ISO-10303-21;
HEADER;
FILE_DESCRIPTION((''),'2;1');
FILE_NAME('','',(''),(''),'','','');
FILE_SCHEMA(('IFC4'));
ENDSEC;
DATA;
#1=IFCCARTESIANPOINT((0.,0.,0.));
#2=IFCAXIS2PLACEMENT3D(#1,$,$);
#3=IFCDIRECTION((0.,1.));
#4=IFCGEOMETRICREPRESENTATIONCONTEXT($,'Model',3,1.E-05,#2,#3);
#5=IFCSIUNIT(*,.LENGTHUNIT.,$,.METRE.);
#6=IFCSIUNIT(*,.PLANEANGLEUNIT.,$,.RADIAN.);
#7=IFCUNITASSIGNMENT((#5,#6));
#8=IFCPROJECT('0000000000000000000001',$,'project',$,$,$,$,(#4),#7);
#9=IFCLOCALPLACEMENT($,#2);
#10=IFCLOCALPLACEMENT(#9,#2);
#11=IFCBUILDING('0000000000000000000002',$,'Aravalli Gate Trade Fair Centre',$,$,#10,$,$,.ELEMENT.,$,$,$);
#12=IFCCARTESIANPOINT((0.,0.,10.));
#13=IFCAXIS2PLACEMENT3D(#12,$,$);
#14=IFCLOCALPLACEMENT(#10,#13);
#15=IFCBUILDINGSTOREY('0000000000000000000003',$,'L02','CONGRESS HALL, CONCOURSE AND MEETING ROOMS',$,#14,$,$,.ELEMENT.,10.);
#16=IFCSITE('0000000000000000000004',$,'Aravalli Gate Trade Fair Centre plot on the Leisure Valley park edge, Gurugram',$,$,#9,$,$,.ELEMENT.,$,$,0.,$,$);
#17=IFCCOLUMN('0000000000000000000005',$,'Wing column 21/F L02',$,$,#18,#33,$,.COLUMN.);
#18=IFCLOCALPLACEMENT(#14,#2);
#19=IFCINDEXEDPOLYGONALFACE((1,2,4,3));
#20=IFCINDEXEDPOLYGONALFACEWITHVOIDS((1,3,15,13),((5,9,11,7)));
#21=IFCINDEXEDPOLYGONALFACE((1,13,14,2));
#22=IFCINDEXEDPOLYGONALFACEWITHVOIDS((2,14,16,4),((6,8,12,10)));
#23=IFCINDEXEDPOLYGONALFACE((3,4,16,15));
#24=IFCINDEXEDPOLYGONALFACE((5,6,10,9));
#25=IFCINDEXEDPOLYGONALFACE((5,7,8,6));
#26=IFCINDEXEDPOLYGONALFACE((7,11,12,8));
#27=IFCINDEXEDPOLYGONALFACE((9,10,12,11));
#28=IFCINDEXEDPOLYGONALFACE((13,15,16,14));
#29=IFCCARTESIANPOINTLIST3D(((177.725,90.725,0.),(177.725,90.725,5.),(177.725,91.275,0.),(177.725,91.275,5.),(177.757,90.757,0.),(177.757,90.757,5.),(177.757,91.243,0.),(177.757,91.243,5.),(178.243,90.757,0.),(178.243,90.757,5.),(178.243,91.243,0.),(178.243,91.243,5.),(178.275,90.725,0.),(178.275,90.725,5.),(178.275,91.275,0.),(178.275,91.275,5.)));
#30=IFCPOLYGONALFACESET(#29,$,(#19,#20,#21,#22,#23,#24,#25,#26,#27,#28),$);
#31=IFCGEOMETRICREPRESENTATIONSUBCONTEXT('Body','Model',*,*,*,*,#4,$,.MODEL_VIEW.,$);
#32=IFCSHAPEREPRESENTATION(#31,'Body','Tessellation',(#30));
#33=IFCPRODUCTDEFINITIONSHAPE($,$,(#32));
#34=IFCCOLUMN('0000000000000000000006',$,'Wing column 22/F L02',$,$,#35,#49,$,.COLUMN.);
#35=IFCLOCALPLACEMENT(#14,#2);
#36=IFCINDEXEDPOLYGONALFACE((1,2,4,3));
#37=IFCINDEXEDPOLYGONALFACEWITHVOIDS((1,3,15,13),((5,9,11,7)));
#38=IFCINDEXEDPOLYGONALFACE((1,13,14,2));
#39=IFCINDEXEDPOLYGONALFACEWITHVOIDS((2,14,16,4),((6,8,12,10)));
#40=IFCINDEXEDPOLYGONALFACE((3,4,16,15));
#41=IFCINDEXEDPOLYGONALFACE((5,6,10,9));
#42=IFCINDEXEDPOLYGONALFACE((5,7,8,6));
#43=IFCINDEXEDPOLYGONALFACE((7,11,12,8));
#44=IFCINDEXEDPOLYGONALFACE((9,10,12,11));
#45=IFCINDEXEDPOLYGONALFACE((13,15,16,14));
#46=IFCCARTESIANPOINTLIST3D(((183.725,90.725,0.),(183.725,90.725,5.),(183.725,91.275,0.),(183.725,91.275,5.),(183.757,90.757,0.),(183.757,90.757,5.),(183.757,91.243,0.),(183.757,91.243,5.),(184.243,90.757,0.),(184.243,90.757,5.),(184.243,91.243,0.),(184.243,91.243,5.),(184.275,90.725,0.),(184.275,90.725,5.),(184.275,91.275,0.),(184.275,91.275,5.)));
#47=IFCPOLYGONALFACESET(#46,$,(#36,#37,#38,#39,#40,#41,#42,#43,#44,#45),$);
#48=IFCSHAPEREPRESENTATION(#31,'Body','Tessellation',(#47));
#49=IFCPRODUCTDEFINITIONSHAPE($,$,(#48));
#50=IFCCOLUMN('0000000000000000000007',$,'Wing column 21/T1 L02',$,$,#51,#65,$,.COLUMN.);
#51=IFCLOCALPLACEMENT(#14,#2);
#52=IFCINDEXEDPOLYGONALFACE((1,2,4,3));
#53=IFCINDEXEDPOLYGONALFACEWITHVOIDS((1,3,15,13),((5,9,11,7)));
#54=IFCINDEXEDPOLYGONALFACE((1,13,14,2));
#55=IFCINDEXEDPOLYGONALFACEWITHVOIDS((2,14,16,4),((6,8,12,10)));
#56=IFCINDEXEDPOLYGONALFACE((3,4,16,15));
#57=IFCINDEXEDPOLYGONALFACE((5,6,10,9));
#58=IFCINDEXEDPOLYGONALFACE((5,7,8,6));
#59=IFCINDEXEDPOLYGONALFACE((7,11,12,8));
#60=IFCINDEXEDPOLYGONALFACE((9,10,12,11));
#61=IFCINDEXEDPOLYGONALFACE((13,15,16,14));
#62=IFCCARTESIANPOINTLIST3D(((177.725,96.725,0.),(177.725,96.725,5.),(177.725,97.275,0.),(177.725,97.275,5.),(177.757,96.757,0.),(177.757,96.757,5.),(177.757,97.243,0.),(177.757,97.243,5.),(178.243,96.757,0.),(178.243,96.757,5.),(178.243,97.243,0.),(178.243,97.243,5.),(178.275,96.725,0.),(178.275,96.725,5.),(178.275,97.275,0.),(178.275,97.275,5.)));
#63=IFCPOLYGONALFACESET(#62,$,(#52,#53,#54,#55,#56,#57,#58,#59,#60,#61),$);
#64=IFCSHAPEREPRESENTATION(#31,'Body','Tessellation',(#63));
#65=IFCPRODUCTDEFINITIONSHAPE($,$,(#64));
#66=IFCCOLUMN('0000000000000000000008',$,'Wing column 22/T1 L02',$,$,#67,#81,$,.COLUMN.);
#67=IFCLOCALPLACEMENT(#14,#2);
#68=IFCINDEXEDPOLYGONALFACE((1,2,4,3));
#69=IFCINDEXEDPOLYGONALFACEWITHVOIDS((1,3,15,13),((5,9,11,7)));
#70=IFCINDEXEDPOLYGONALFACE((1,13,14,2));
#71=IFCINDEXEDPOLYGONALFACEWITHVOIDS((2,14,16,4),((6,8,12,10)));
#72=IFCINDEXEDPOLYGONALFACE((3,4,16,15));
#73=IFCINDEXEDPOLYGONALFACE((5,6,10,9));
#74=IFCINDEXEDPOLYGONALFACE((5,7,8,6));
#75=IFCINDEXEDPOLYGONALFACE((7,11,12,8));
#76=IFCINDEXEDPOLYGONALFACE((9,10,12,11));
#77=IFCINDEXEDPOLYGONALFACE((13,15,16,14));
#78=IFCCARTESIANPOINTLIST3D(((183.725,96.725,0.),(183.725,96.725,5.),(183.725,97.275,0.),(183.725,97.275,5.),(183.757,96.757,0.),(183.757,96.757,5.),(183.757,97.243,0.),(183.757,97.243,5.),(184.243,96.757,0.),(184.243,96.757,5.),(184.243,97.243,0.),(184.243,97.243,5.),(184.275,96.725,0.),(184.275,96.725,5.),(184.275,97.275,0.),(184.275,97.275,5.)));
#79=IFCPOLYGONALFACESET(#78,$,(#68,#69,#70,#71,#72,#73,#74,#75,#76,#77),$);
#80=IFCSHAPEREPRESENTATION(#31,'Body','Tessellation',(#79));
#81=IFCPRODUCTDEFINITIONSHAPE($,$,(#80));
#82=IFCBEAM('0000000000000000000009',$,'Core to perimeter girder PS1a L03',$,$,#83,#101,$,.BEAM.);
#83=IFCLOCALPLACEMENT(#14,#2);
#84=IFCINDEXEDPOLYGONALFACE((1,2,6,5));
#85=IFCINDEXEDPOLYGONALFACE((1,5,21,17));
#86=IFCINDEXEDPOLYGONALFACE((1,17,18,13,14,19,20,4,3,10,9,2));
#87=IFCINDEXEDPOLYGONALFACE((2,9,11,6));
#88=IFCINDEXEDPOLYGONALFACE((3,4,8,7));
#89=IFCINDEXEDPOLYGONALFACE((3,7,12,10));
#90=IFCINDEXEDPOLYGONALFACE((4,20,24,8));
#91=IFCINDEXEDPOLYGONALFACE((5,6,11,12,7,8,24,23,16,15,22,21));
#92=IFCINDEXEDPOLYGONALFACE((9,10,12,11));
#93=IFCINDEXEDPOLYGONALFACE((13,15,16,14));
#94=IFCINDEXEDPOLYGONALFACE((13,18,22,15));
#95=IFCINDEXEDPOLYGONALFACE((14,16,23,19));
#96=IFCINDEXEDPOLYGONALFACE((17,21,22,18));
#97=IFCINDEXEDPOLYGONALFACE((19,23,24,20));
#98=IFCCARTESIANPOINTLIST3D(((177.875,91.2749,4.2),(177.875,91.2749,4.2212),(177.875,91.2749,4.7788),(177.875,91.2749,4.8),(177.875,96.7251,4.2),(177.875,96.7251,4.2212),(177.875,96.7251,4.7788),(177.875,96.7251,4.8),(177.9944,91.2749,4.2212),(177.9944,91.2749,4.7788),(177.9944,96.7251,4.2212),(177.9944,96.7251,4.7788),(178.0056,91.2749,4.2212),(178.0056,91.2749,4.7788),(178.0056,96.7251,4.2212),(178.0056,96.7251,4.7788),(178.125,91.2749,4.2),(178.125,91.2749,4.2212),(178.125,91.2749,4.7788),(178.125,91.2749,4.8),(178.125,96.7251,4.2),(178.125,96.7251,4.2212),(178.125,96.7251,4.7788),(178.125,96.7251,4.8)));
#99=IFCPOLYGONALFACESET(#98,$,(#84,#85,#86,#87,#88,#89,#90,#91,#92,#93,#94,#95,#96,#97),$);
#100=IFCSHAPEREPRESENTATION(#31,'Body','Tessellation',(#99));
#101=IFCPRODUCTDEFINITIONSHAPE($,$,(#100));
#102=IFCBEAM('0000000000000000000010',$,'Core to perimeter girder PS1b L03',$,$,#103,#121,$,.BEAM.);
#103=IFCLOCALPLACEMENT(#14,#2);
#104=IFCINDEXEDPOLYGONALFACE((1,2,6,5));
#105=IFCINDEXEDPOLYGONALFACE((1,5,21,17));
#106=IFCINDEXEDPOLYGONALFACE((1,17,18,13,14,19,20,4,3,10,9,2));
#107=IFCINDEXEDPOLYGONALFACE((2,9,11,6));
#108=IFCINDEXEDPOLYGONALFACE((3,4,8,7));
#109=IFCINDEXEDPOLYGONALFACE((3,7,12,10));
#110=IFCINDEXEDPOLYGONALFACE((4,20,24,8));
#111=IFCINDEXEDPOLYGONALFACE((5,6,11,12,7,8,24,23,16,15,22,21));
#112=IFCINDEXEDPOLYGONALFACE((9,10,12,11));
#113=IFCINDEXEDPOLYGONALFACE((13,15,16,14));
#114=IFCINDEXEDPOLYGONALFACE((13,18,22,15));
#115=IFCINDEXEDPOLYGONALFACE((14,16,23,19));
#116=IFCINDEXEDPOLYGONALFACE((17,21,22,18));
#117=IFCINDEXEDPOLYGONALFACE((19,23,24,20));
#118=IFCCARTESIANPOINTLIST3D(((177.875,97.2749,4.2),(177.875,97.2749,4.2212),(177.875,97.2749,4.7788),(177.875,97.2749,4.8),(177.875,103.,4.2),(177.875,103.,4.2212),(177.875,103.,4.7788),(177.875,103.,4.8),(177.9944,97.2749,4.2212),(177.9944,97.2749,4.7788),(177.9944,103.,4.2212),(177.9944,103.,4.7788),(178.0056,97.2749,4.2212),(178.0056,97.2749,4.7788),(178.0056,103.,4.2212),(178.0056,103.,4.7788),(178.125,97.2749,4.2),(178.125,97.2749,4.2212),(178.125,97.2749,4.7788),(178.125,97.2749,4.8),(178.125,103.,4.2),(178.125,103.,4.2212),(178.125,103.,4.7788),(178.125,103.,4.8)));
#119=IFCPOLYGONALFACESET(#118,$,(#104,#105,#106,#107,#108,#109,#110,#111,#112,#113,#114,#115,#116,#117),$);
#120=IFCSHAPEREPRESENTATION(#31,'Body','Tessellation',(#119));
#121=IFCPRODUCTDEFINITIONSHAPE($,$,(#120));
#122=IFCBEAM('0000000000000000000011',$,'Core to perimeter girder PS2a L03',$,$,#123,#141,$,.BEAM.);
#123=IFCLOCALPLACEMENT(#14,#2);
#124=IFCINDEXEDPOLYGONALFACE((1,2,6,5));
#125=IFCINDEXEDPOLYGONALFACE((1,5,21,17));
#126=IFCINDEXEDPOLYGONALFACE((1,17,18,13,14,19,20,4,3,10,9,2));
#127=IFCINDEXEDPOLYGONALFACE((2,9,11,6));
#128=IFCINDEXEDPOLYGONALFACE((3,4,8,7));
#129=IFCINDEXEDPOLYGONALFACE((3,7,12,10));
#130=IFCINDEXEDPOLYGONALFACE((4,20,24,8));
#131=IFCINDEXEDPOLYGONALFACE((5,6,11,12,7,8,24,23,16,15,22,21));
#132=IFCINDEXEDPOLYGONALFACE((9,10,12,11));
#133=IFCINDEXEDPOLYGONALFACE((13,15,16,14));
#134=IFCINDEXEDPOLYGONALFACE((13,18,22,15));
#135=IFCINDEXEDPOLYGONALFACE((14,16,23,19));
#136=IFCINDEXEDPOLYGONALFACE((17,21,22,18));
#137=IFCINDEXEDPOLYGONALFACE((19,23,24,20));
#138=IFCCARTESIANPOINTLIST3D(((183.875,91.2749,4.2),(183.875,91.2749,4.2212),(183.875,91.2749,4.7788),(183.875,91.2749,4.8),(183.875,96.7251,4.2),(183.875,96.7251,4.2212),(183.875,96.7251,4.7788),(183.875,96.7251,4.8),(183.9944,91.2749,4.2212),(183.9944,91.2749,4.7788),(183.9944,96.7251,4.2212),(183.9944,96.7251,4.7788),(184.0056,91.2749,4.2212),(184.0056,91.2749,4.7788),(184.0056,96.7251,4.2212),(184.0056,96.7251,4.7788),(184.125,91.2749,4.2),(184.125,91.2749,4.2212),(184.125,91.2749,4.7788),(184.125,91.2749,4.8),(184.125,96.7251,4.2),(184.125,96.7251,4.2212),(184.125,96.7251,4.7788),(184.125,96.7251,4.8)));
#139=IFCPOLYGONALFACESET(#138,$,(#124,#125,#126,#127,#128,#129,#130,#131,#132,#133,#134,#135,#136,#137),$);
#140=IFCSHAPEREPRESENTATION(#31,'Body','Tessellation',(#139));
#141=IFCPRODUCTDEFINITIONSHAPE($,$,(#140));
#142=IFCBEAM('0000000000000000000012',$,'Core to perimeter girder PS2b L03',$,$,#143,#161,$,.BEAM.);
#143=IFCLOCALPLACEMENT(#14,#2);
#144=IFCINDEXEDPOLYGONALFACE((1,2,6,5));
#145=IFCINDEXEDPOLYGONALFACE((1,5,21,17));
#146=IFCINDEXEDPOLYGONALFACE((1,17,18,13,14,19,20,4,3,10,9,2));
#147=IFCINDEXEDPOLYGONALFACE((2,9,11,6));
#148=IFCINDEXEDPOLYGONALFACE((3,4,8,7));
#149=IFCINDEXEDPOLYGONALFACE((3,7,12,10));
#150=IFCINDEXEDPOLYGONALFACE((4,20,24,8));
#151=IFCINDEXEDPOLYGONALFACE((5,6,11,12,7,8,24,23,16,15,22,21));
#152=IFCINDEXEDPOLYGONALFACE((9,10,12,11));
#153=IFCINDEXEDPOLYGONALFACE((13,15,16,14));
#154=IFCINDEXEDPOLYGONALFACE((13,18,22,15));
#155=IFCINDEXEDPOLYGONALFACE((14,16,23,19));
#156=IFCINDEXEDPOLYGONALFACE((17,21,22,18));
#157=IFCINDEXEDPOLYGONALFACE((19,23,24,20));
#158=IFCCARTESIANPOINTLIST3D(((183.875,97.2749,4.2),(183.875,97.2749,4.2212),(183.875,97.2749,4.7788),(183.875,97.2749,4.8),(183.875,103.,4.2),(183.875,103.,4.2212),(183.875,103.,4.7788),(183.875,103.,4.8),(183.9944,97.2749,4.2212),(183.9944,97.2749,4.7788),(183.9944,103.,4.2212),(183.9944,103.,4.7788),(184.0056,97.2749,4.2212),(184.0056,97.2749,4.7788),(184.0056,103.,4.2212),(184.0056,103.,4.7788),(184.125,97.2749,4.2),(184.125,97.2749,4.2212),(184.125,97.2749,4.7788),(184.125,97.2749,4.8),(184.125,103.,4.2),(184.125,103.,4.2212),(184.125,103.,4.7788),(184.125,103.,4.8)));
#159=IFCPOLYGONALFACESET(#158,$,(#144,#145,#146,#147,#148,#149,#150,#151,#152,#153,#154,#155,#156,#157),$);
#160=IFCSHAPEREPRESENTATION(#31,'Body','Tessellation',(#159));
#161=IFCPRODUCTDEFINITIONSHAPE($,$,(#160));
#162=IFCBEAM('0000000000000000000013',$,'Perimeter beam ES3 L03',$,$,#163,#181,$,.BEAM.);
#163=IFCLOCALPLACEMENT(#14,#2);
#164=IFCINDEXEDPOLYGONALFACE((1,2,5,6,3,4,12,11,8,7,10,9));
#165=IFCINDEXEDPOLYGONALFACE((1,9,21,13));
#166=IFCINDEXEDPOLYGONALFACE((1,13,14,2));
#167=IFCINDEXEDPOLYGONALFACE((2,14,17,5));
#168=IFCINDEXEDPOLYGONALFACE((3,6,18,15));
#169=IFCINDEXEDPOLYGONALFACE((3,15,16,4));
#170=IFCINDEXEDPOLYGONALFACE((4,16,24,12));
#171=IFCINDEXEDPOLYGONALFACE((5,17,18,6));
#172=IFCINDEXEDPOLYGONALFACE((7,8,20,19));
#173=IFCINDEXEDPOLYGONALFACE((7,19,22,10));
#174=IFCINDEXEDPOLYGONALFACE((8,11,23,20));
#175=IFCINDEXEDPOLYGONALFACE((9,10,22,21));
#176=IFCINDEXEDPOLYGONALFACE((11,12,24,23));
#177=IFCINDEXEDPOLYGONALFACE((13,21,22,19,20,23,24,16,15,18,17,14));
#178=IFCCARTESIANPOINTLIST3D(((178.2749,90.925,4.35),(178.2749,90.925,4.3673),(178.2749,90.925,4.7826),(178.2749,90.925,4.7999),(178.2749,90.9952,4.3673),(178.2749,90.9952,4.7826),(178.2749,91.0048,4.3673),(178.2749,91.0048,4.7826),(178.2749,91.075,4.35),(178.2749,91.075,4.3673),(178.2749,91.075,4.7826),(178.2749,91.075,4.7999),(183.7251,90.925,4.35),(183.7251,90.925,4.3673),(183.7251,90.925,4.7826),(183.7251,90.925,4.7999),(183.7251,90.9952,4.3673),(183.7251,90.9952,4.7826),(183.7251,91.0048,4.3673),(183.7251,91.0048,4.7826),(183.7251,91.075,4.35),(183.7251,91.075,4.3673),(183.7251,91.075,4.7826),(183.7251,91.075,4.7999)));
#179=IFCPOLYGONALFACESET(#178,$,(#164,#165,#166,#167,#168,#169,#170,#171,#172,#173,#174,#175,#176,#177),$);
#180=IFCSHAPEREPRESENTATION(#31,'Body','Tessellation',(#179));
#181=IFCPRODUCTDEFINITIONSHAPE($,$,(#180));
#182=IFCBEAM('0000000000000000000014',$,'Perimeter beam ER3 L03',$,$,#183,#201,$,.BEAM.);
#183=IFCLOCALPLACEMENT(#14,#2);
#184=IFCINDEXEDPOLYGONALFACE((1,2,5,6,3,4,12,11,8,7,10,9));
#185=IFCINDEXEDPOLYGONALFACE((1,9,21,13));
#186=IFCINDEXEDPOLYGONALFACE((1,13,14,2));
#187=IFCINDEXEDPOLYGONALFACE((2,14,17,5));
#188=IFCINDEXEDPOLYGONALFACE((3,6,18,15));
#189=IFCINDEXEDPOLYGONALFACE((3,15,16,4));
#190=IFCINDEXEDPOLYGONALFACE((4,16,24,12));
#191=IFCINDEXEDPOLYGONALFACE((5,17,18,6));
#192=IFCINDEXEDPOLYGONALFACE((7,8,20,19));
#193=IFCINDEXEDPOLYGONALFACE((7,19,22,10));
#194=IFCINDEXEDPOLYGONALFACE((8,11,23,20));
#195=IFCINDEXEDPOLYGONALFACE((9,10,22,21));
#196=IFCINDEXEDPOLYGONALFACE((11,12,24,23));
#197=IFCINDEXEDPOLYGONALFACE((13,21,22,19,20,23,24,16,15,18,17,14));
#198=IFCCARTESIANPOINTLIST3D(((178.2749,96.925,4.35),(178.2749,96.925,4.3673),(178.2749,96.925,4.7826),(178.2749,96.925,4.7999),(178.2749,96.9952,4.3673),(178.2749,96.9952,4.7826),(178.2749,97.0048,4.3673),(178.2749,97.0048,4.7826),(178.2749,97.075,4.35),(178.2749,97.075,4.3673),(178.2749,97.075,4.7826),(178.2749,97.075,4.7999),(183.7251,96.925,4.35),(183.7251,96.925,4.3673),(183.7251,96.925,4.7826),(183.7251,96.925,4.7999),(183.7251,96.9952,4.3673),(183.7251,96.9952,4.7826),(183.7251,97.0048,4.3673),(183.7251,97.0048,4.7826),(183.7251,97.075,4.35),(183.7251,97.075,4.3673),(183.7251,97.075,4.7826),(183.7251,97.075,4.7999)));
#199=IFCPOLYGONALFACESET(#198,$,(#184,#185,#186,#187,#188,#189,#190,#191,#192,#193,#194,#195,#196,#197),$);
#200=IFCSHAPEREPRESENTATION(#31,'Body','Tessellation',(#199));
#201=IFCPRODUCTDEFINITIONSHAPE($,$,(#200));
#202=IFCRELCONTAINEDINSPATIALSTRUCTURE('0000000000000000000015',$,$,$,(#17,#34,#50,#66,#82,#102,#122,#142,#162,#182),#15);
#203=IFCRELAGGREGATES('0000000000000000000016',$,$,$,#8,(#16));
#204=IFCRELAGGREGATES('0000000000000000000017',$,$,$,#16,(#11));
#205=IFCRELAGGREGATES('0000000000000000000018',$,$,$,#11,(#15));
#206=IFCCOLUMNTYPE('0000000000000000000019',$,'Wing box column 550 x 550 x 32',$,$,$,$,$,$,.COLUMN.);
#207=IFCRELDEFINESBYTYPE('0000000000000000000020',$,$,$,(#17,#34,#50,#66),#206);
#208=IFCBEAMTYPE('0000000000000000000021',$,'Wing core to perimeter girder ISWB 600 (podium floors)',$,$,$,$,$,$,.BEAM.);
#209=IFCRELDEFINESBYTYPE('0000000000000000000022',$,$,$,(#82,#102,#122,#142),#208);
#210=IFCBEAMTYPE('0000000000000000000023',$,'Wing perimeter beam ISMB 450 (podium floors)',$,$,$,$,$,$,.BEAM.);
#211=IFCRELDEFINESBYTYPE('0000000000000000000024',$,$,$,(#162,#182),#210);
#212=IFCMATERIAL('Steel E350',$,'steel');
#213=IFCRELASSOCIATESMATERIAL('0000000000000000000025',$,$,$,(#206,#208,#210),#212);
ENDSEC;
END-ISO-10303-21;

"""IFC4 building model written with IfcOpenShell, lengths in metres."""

from ifc_helpers import new_model, si_unit, direction, frame, origin, origin_2d, place, context, subcontext, project, spatial, hollow_rectangle, i_section, extrude, material, material_profile, profile_set, type_object, element, save


model = new_model("IFC4")

# Units and contexts
model_context = context("Model", 3, precision=1e-05, world=origin(), true_north=direction((0.0, 1.0)))
body_context = subcontext(model_context, "Body", "Model", "MODEL_VIEW")
ifc_project = project(units=[si_unit("LENGTHUNIT", "METRE"), si_unit("PLANEANGLEUNIT", "RADIAN")], contexts=[model_context])

# Site, building, storey
site_placement = place(None, origin())
site = spatial("IfcSite", under=ifc_project, at=site_placement, Name="Aravalli Gate Trade Fair Centre plot on the Leisure Valley park edge, Gurugram", CompositionType="ELEMENT", RefElevation=0.0)
building_placement = place(site_placement, origin())
building = spatial("IfcBuilding", under=site, at=building_placement, Name="Aravalli Gate Trade Fair Centre", CompositionType="ELEMENT")
storey_placement = place(building_placement, frame((0.0, 0.0, 10.0)))
storey = spatial("IfcBuildingStorey", under=building, at=storey_placement, Name="L02", Description="CONGRESS HALL, CONCOURSE AND MEETING ROOMS", CompositionType="ELEMENT", Elevation=10.0)

# Columns
ifc_material_1 = material(Name="Steel E350", Category="steel")
ifc_material_profile_1 = material_profile(ifc_material_1, hollow_rectangle(XDim=0.55, YDim=0.55, WallThickness=0.032, at=origin_2d()), Name="BOX 550x550x32")
ifc_profile_set_1 = profile_set([ifc_material_profile_1], Name="Steel E350")
column_type = type_object("IfcColumnType", Name="Wing box column 550 x 550 x 32", PredefinedType="COLUMN", material=ifc_profile_set_1)
for number, where, z_axis, x_axis, name in (
    (1, (178.0, 91.0, 0.0), (0.0, 0.0, 1.0), (1.0, 0.0, 0.0), "Wing column 21/F L02"),
    (2, (184.0, 91.0, 0.0), (0.0, 0.0, 1.0), (1.0, 0.0, 0.0), "Wing column 22/F L02"),
    (3, (178.0, 97.0, 0.0), (0.0, 0.0, 1.0), (1.0, 0.0, 0.0), "Wing column 21/T1 L02"),
    (4, (184.0, 97.0, 0.0), (0.0, 0.0, 1.0), (1.0, 0.0, 0.0), "Wing column 22/T1 L02"),
):
    element("IfcColumn", number, at=place(storey_placement, frame(where, z_axis=z_axis, x_axis=x_axis)), inside=storey, type_object=column_type, Name=name, PredefinedType="COLUMN", context=body_context, shape_type="SweptSolid", body=[
        extrude(hollow_rectangle(XDim=0.55, YDim=0.55, WallThickness=0.032, at=origin_2d()), origin(), (0.0, 0.0, 1.0), 5.0),
    ])

# Beams
ifc_material_profile_2 = material_profile(ifc_material_1, i_section(OverallWidth=0.25, OverallDepth=0.6001, WebThickness=0.0112, FlangeThickness=0.0212, at=origin_2d()), Name="ISWB 600")
ifc_profile_set_2 = profile_set([ifc_material_profile_2], Name="Steel E350")
beam_type_1 = type_object("IfcBeamType", Name="Wing core to perimeter girder ISWB 600 (podium floors)", PredefinedType="BEAM", material=ifc_profile_set_2)
beam_1_placement = place(storey_placement, frame((178.0, 91.2749, 4.5), z_axis=(0.0, 1.0, 0.0), x_axis=(-1.0, 0.0, 0.0)))
element("IfcBeam", 5, at=beam_1_placement, inside=storey, type_object=beam_type_1, Name="Core to perimeter girder PS1a L03", PredefinedType="BEAM", context=body_context, shape_type="SweptSolid", body=[
    extrude(i_section(OverallWidth=0.25, OverallDepth=0.6001, WebThickness=0.0112, FlangeThickness=0.0212, at=origin_2d()), origin(), (0.0, 0.0, 1.0), 5.4502),
])
beam_2_placement = place(storey_placement, frame((178.0, 97.2749, 4.5), z_axis=(0.0, 1.0, 0.0), x_axis=(-1.0, 0.0, 0.0)))
element("IfcBeam", 6, at=beam_2_placement, inside=storey, type_object=beam_type_1, Name="Core to perimeter girder PS1b L03", PredefinedType="BEAM", context=body_context, shape_type="SweptSolid", body=[
    extrude(i_section(OverallWidth=0.25, OverallDepth=0.6001, WebThickness=0.0112, FlangeThickness=0.0212, at=origin_2d()), origin(), (0.0, 0.0, 1.0), 5.7251),
])
beam_3_placement = place(storey_placement, frame((184.0, 91.2749, 4.5), z_axis=(0.0, 1.0, 0.0), x_axis=(-1.0, 0.0, 0.0)))
element("IfcBeam", 7, at=beam_3_placement, inside=storey, type_object=beam_type_1, Name="Core to perimeter girder PS2a L03", PredefinedType="BEAM", context=body_context, shape_type="SweptSolid", body=[
    extrude(i_section(OverallWidth=0.25, OverallDepth=0.6001, WebThickness=0.0112, FlangeThickness=0.0212, at=origin_2d()), origin(), (0.0, 0.0, 1.0), 5.4502),
])
beam_4_placement = place(storey_placement, frame((184.0, 97.2749, 4.5), z_axis=(0.0, 1.0, 0.0), x_axis=(-1.0, 0.0, 0.0)))
element("IfcBeam", 8, at=beam_4_placement, inside=storey, type_object=beam_type_1, Name="Core to perimeter girder PS2b L03", PredefinedType="BEAM", context=body_context, shape_type="SweptSolid", body=[
    extrude(i_section(OverallWidth=0.25, OverallDepth=0.6001, WebThickness=0.0112, FlangeThickness=0.0212, at=origin_2d()), origin(), (0.0, 0.0, 1.0), 5.7251),
])
ifc_material_profile_3 = material_profile(ifc_material_1, i_section(OverallWidth=0.1499, OverallDepth=0.45, WebThickness=0.0095, FlangeThickness=0.0173, at=origin_2d()), Name="ISMB 450")
ifc_profile_set_3 = profile_set([ifc_material_profile_3], Name="Steel E350")
beam_type_2 = type_object("IfcBeamType", Name="Wing perimeter beam ISMB 450 (podium floors)", PredefinedType="BEAM", material=ifc_profile_set_3)
for number, where, z_axis, x_axis, name in (
    (9, (178.2749, 91.0, 4.575), (1.0, 0.0, 0.0), (0.0, 1.0, 0.0), "Perimeter beam ES3 L03"),
    (10, (178.2749, 97.0, 4.575), (1.0, 0.0, 0.0), (0.0, 1.0, 0.0), "Perimeter beam ER3 L03"),
):
    element("IfcBeam", number, at=place(storey_placement, frame(where, z_axis=z_axis, x_axis=x_axis)), inside=storey, type_object=beam_type_2, Name=name, PredefinedType="BEAM", context=body_context, shape_type="SweptSolid", body=[
        extrude(i_section(OverallWidth=0.1499, OverallDepth=0.45, WebThickness=0.0095, FlangeThickness=0.0173, at=origin_2d()), origin(), (0.0, 0.0, 1.0), 5.4502),
    ])

save(model, "model.ifc")
